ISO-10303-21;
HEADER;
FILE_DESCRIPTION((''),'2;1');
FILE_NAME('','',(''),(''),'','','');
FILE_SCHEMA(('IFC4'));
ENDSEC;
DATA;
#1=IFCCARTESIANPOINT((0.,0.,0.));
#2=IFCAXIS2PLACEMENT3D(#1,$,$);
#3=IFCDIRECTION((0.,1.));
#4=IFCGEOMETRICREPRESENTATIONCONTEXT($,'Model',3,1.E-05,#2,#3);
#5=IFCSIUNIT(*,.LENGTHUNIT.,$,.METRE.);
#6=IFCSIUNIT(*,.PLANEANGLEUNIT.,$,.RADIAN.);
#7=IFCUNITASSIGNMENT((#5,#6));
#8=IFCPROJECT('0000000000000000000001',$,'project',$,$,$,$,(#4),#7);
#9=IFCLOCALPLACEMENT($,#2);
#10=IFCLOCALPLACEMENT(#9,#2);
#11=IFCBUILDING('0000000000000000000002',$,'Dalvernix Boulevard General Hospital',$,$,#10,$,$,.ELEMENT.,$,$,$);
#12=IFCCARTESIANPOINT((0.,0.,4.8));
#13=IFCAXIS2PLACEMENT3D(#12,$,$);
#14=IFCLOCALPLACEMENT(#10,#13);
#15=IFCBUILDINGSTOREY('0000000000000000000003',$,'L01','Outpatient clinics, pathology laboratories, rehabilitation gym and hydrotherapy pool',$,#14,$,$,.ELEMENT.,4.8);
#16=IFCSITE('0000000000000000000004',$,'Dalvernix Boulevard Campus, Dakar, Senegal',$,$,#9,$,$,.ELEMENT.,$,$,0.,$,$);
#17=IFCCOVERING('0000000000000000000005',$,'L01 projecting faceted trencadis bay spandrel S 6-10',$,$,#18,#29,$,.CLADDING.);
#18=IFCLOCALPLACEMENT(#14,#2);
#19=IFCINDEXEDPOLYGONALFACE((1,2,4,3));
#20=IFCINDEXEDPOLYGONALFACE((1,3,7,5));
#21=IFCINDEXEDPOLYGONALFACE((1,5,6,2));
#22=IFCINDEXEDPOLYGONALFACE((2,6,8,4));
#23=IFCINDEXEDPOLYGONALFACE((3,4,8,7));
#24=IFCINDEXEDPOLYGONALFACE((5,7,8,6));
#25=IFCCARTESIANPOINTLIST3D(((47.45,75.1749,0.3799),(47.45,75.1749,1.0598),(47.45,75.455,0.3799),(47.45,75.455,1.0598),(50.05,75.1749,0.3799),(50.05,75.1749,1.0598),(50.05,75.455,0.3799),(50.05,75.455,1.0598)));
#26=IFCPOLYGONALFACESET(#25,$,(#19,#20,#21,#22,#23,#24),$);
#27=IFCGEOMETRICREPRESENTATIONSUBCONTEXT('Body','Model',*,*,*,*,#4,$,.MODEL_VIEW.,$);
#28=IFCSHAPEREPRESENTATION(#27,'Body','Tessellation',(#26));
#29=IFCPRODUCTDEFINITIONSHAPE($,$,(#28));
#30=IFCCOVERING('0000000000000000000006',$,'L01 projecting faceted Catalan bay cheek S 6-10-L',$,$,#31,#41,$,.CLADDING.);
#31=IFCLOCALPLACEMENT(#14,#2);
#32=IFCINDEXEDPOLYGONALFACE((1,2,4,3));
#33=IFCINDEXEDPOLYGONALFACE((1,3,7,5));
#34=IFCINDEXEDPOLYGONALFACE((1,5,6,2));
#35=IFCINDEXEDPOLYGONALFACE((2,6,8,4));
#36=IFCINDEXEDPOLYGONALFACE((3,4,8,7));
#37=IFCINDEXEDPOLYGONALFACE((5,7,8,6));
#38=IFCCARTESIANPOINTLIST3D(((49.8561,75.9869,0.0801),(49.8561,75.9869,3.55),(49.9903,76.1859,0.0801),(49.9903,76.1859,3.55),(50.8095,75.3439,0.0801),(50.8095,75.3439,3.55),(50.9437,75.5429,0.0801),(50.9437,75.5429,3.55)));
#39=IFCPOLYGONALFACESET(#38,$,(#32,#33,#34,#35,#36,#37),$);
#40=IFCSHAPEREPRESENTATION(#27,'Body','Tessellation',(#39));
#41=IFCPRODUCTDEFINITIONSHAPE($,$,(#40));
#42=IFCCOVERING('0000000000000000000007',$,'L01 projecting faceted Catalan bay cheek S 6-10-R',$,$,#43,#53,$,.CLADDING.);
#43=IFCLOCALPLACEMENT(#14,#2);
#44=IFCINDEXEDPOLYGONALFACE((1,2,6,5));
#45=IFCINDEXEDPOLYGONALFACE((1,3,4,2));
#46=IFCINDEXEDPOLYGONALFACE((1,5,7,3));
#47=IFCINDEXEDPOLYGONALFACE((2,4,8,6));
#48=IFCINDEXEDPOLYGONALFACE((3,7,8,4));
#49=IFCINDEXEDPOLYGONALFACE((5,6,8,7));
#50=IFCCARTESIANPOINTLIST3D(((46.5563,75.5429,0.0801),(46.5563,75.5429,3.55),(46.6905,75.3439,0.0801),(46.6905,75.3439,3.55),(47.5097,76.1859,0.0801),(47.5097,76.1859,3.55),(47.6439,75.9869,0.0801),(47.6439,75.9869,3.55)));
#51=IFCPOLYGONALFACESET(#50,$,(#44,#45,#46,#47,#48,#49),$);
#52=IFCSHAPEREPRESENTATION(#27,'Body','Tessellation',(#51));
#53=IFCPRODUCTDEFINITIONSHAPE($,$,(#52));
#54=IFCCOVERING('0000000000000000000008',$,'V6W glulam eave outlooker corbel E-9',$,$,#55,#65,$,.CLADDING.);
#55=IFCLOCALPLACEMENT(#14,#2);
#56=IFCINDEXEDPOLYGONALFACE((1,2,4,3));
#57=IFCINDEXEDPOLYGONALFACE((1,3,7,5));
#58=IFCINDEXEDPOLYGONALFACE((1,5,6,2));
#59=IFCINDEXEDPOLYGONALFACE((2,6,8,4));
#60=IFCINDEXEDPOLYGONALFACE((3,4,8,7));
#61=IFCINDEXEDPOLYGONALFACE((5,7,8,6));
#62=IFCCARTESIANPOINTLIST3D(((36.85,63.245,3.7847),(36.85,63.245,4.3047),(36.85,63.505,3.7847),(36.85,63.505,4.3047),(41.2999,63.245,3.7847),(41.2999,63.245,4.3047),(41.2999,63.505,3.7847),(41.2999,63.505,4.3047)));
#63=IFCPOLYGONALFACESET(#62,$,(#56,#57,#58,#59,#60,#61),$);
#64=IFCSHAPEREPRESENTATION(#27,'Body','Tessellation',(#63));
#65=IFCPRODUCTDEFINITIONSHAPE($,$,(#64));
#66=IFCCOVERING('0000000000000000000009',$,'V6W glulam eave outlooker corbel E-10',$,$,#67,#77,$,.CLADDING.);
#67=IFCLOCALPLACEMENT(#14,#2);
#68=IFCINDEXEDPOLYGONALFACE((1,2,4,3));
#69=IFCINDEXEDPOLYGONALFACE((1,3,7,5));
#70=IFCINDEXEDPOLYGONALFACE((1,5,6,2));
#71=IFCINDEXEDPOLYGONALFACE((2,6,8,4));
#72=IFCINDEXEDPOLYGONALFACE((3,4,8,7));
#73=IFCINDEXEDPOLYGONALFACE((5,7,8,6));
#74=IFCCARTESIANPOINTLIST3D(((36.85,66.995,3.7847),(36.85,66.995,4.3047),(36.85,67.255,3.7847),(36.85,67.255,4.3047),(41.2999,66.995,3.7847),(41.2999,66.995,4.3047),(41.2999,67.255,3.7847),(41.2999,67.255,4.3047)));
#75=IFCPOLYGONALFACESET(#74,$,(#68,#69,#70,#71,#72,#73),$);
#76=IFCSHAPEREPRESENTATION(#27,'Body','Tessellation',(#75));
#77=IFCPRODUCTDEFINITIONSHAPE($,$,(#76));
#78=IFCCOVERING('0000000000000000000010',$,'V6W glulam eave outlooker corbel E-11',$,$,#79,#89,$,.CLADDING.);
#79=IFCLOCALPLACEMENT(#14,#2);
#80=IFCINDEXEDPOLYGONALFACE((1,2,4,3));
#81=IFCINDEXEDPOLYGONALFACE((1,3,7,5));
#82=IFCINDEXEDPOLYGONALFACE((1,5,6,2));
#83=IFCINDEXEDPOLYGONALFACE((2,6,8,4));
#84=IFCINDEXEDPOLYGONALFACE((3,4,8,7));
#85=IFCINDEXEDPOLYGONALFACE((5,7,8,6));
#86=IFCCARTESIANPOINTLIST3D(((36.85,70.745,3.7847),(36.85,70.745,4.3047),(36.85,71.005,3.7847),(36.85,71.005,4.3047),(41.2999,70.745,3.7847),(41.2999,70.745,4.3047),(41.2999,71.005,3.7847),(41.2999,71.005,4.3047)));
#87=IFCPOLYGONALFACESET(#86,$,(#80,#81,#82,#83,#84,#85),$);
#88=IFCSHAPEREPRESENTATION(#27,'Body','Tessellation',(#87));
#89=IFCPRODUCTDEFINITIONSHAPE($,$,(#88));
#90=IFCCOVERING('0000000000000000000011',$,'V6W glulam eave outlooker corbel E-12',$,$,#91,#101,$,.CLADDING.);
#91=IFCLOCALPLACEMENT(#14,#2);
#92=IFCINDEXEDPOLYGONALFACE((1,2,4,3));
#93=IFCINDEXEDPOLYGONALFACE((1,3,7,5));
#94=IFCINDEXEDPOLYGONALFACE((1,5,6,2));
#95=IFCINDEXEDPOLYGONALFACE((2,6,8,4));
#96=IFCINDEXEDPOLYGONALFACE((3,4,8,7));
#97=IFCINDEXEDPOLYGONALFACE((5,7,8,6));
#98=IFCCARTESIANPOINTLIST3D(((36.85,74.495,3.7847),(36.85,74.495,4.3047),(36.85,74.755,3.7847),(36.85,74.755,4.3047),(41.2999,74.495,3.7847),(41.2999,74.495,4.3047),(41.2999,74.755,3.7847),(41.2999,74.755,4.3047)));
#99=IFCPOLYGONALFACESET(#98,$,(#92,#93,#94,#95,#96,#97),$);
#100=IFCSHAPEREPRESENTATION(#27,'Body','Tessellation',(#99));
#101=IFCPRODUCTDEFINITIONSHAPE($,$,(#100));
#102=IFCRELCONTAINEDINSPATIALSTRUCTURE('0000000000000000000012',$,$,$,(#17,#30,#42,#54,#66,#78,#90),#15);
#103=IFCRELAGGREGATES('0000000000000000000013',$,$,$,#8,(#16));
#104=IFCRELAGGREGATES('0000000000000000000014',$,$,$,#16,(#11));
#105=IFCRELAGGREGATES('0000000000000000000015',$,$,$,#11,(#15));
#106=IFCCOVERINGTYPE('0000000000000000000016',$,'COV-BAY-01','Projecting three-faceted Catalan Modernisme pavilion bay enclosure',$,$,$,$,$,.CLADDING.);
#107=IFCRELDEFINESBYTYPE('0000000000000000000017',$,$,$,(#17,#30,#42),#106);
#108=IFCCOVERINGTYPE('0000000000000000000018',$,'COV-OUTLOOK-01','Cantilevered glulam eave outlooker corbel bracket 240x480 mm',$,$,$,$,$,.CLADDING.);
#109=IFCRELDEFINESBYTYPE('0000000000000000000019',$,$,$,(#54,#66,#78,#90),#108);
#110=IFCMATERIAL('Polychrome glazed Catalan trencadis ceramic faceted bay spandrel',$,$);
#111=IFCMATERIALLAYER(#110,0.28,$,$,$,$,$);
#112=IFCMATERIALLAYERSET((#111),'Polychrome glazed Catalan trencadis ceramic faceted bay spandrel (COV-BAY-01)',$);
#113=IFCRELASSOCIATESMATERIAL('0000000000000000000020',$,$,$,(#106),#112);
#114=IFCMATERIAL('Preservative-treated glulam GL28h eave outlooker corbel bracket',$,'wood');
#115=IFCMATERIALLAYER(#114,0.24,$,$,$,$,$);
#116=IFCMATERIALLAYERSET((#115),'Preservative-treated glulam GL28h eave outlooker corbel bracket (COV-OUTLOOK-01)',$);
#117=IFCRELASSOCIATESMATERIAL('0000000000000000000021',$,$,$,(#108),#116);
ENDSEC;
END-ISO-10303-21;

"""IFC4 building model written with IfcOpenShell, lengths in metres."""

from ifc_helpers import new_model, si_unit, direction, frame, origin, origin_2d, place, context, subcontext, project, spatial, rectangle, extrude, material, layer, layer_set, type_object, element, save


model = new_model("IFC4")

# Units and contexts
model_context = context("Model", 3, precision=1e-05, world=origin(), true_north=direction((0.0, 1.0)))
body_context = subcontext(model_context, "Body", "Model", "MODEL_VIEW")
ifc_project = project(units=[si_unit("LENGTHUNIT", "METRE"), si_unit("PLANEANGLEUNIT", "RADIAN")], contexts=[model_context])

# Site, building, storey
site_placement = place(None, origin())
site = spatial("IfcSite", under=ifc_project, at=site_placement, Name="Dalvernix Boulevard Campus, Dakar, Senegal", CompositionType="ELEMENT", RefElevation=0.0)
building_placement = place(site_placement, origin())
building = spatial("IfcBuilding", under=site, at=building_placement, Name="Dalvernix Boulevard General Hospital", CompositionType="ELEMENT")
storey_placement = place(building_placement, frame((0.0, 0.0, 4.8)))
storey = spatial("IfcBuildingStorey", under=building, at=storey_placement, Name="L01", Description="Outpatient clinics, pathology laboratories, rehabilitation gym and hydrotherapy pool", CompositionType="ELEMENT", Elevation=4.8)

# Coverings
ifc_material_1 = material(Name="Polychrome glazed Catalan trencadis ceramic faceted bay spandrel")
ifc_layer_1 = layer(ifc_material_1, 0.28)
ifc_layer_set_1 = layer_set([ifc_layer_1], Name="Polychrome glazed Catalan trencadis ceramic faceted bay spandrel (COV-BAY-01)")
covering_type_1 = type_object("IfcCoveringType", Name="COV-BAY-01", Description="Projecting three-faceted Catalan Modernisme pavilion bay enclosure", PredefinedType="CLADDING", material=ifc_layer_set_1)
covering_placement = place(storey_placement, frame((48.75, 75.3149, 0.3799), z_axis=(0.0, 0.0, 1.0), x_axis=(-1.0, 0.0, 0.0)))
element("IfcCovering", 1, at=covering_placement, inside=storey, type_object=covering_type_1, Name="L01 projecting faceted trencadis bay spandrel S 6-10", PredefinedType="CLADDING", context=body_context, shape_type="SweptSolid", body=[
    extrude(rectangle(XDim=2.6001, YDim=0.28, at=origin_2d()), origin(), (0.0, 0.0, 1.0), 0.6799),
])
for number, where, z_axis, x_axis, name in (
    (2, (50.3999, 75.7649, 0.0801), (0.0, 0.0, 1.0), (-0.829038, 0.559193, 0.0), "L01 projecting faceted Catalan bay cheek S 6-10-L"),
    (3, (47.1001, 75.7649, 0.0801), (0.0, 0.0, 1.0), (-0.829038, -0.559193, 0.0), "L01 projecting faceted Catalan bay cheek S 6-10-R"),
):
    element("IfcCovering", number, at=place(storey_placement, frame(where, z_axis=z_axis, x_axis=x_axis)), inside=storey, type_object=covering_type_1, Name=name, PredefinedType="CLADDING", context=body_context, shape_type="SweptSolid", body=[
        extrude(rectangle(XDim=1.1499, YDim=0.24, at=origin_2d()), origin(), (0.0, 0.0, 1.0), 3.47),
    ])
ifc_material_2 = material(Name="Preservative-treated glulam GL28h eave outlooker corbel bracket", Category="wood")
ifc_layer_2 = layer(ifc_material_2, 0.24)
ifc_layer_set_2 = layer_set([ifc_layer_2], Name="Preservative-treated glulam GL28h eave outlooker corbel bracket (COV-OUTLOOK-01)")
covering_type_2 = type_object("IfcCoveringType", Name="COV-OUTLOOK-01", Description="Cantilevered glulam eave outlooker corbel bracket 240x480 mm", PredefinedType="CLADDING", material=ifc_layer_set_2)
for number, where, z_axis, x_axis, name in (
    (4, (39.075, 63.375, 3.7847), (0.0, 0.0, 1.0), (1.0, 0.0, 0.0), "V6W glulam eave outlooker corbel E-9"),
    (5, (39.075, 67.125, 3.7847), (0.0, 0.0, 1.0), (1.0, 0.0, 0.0), "V6W glulam eave outlooker corbel E-10"),
    (6, (39.075, 70.875, 3.7847), (0.0, 0.0, 1.0), (1.0, 0.0, 0.0), "V6W glulam eave outlooker corbel E-11"),
    (7, (39.075, 74.625, 3.7847), (0.0, 0.0, 1.0), (1.0, 0.0, 0.0), "V6W glulam eave outlooker corbel E-12"),
):
    element("IfcCovering", number, at=place(storey_placement, frame(where, z_axis=z_axis, x_axis=x_axis)), inside=storey, type_object=covering_type_2, Name=name, PredefinedType="CLADDING", context=body_context, shape_type="SweptSolid", body=[
        extrude(rectangle(XDim=4.45, YDim=0.26, at=origin_2d()), origin(), (0.0, 0.0, 1.0), 0.52),
    ])

save(model, "model.ifc")
